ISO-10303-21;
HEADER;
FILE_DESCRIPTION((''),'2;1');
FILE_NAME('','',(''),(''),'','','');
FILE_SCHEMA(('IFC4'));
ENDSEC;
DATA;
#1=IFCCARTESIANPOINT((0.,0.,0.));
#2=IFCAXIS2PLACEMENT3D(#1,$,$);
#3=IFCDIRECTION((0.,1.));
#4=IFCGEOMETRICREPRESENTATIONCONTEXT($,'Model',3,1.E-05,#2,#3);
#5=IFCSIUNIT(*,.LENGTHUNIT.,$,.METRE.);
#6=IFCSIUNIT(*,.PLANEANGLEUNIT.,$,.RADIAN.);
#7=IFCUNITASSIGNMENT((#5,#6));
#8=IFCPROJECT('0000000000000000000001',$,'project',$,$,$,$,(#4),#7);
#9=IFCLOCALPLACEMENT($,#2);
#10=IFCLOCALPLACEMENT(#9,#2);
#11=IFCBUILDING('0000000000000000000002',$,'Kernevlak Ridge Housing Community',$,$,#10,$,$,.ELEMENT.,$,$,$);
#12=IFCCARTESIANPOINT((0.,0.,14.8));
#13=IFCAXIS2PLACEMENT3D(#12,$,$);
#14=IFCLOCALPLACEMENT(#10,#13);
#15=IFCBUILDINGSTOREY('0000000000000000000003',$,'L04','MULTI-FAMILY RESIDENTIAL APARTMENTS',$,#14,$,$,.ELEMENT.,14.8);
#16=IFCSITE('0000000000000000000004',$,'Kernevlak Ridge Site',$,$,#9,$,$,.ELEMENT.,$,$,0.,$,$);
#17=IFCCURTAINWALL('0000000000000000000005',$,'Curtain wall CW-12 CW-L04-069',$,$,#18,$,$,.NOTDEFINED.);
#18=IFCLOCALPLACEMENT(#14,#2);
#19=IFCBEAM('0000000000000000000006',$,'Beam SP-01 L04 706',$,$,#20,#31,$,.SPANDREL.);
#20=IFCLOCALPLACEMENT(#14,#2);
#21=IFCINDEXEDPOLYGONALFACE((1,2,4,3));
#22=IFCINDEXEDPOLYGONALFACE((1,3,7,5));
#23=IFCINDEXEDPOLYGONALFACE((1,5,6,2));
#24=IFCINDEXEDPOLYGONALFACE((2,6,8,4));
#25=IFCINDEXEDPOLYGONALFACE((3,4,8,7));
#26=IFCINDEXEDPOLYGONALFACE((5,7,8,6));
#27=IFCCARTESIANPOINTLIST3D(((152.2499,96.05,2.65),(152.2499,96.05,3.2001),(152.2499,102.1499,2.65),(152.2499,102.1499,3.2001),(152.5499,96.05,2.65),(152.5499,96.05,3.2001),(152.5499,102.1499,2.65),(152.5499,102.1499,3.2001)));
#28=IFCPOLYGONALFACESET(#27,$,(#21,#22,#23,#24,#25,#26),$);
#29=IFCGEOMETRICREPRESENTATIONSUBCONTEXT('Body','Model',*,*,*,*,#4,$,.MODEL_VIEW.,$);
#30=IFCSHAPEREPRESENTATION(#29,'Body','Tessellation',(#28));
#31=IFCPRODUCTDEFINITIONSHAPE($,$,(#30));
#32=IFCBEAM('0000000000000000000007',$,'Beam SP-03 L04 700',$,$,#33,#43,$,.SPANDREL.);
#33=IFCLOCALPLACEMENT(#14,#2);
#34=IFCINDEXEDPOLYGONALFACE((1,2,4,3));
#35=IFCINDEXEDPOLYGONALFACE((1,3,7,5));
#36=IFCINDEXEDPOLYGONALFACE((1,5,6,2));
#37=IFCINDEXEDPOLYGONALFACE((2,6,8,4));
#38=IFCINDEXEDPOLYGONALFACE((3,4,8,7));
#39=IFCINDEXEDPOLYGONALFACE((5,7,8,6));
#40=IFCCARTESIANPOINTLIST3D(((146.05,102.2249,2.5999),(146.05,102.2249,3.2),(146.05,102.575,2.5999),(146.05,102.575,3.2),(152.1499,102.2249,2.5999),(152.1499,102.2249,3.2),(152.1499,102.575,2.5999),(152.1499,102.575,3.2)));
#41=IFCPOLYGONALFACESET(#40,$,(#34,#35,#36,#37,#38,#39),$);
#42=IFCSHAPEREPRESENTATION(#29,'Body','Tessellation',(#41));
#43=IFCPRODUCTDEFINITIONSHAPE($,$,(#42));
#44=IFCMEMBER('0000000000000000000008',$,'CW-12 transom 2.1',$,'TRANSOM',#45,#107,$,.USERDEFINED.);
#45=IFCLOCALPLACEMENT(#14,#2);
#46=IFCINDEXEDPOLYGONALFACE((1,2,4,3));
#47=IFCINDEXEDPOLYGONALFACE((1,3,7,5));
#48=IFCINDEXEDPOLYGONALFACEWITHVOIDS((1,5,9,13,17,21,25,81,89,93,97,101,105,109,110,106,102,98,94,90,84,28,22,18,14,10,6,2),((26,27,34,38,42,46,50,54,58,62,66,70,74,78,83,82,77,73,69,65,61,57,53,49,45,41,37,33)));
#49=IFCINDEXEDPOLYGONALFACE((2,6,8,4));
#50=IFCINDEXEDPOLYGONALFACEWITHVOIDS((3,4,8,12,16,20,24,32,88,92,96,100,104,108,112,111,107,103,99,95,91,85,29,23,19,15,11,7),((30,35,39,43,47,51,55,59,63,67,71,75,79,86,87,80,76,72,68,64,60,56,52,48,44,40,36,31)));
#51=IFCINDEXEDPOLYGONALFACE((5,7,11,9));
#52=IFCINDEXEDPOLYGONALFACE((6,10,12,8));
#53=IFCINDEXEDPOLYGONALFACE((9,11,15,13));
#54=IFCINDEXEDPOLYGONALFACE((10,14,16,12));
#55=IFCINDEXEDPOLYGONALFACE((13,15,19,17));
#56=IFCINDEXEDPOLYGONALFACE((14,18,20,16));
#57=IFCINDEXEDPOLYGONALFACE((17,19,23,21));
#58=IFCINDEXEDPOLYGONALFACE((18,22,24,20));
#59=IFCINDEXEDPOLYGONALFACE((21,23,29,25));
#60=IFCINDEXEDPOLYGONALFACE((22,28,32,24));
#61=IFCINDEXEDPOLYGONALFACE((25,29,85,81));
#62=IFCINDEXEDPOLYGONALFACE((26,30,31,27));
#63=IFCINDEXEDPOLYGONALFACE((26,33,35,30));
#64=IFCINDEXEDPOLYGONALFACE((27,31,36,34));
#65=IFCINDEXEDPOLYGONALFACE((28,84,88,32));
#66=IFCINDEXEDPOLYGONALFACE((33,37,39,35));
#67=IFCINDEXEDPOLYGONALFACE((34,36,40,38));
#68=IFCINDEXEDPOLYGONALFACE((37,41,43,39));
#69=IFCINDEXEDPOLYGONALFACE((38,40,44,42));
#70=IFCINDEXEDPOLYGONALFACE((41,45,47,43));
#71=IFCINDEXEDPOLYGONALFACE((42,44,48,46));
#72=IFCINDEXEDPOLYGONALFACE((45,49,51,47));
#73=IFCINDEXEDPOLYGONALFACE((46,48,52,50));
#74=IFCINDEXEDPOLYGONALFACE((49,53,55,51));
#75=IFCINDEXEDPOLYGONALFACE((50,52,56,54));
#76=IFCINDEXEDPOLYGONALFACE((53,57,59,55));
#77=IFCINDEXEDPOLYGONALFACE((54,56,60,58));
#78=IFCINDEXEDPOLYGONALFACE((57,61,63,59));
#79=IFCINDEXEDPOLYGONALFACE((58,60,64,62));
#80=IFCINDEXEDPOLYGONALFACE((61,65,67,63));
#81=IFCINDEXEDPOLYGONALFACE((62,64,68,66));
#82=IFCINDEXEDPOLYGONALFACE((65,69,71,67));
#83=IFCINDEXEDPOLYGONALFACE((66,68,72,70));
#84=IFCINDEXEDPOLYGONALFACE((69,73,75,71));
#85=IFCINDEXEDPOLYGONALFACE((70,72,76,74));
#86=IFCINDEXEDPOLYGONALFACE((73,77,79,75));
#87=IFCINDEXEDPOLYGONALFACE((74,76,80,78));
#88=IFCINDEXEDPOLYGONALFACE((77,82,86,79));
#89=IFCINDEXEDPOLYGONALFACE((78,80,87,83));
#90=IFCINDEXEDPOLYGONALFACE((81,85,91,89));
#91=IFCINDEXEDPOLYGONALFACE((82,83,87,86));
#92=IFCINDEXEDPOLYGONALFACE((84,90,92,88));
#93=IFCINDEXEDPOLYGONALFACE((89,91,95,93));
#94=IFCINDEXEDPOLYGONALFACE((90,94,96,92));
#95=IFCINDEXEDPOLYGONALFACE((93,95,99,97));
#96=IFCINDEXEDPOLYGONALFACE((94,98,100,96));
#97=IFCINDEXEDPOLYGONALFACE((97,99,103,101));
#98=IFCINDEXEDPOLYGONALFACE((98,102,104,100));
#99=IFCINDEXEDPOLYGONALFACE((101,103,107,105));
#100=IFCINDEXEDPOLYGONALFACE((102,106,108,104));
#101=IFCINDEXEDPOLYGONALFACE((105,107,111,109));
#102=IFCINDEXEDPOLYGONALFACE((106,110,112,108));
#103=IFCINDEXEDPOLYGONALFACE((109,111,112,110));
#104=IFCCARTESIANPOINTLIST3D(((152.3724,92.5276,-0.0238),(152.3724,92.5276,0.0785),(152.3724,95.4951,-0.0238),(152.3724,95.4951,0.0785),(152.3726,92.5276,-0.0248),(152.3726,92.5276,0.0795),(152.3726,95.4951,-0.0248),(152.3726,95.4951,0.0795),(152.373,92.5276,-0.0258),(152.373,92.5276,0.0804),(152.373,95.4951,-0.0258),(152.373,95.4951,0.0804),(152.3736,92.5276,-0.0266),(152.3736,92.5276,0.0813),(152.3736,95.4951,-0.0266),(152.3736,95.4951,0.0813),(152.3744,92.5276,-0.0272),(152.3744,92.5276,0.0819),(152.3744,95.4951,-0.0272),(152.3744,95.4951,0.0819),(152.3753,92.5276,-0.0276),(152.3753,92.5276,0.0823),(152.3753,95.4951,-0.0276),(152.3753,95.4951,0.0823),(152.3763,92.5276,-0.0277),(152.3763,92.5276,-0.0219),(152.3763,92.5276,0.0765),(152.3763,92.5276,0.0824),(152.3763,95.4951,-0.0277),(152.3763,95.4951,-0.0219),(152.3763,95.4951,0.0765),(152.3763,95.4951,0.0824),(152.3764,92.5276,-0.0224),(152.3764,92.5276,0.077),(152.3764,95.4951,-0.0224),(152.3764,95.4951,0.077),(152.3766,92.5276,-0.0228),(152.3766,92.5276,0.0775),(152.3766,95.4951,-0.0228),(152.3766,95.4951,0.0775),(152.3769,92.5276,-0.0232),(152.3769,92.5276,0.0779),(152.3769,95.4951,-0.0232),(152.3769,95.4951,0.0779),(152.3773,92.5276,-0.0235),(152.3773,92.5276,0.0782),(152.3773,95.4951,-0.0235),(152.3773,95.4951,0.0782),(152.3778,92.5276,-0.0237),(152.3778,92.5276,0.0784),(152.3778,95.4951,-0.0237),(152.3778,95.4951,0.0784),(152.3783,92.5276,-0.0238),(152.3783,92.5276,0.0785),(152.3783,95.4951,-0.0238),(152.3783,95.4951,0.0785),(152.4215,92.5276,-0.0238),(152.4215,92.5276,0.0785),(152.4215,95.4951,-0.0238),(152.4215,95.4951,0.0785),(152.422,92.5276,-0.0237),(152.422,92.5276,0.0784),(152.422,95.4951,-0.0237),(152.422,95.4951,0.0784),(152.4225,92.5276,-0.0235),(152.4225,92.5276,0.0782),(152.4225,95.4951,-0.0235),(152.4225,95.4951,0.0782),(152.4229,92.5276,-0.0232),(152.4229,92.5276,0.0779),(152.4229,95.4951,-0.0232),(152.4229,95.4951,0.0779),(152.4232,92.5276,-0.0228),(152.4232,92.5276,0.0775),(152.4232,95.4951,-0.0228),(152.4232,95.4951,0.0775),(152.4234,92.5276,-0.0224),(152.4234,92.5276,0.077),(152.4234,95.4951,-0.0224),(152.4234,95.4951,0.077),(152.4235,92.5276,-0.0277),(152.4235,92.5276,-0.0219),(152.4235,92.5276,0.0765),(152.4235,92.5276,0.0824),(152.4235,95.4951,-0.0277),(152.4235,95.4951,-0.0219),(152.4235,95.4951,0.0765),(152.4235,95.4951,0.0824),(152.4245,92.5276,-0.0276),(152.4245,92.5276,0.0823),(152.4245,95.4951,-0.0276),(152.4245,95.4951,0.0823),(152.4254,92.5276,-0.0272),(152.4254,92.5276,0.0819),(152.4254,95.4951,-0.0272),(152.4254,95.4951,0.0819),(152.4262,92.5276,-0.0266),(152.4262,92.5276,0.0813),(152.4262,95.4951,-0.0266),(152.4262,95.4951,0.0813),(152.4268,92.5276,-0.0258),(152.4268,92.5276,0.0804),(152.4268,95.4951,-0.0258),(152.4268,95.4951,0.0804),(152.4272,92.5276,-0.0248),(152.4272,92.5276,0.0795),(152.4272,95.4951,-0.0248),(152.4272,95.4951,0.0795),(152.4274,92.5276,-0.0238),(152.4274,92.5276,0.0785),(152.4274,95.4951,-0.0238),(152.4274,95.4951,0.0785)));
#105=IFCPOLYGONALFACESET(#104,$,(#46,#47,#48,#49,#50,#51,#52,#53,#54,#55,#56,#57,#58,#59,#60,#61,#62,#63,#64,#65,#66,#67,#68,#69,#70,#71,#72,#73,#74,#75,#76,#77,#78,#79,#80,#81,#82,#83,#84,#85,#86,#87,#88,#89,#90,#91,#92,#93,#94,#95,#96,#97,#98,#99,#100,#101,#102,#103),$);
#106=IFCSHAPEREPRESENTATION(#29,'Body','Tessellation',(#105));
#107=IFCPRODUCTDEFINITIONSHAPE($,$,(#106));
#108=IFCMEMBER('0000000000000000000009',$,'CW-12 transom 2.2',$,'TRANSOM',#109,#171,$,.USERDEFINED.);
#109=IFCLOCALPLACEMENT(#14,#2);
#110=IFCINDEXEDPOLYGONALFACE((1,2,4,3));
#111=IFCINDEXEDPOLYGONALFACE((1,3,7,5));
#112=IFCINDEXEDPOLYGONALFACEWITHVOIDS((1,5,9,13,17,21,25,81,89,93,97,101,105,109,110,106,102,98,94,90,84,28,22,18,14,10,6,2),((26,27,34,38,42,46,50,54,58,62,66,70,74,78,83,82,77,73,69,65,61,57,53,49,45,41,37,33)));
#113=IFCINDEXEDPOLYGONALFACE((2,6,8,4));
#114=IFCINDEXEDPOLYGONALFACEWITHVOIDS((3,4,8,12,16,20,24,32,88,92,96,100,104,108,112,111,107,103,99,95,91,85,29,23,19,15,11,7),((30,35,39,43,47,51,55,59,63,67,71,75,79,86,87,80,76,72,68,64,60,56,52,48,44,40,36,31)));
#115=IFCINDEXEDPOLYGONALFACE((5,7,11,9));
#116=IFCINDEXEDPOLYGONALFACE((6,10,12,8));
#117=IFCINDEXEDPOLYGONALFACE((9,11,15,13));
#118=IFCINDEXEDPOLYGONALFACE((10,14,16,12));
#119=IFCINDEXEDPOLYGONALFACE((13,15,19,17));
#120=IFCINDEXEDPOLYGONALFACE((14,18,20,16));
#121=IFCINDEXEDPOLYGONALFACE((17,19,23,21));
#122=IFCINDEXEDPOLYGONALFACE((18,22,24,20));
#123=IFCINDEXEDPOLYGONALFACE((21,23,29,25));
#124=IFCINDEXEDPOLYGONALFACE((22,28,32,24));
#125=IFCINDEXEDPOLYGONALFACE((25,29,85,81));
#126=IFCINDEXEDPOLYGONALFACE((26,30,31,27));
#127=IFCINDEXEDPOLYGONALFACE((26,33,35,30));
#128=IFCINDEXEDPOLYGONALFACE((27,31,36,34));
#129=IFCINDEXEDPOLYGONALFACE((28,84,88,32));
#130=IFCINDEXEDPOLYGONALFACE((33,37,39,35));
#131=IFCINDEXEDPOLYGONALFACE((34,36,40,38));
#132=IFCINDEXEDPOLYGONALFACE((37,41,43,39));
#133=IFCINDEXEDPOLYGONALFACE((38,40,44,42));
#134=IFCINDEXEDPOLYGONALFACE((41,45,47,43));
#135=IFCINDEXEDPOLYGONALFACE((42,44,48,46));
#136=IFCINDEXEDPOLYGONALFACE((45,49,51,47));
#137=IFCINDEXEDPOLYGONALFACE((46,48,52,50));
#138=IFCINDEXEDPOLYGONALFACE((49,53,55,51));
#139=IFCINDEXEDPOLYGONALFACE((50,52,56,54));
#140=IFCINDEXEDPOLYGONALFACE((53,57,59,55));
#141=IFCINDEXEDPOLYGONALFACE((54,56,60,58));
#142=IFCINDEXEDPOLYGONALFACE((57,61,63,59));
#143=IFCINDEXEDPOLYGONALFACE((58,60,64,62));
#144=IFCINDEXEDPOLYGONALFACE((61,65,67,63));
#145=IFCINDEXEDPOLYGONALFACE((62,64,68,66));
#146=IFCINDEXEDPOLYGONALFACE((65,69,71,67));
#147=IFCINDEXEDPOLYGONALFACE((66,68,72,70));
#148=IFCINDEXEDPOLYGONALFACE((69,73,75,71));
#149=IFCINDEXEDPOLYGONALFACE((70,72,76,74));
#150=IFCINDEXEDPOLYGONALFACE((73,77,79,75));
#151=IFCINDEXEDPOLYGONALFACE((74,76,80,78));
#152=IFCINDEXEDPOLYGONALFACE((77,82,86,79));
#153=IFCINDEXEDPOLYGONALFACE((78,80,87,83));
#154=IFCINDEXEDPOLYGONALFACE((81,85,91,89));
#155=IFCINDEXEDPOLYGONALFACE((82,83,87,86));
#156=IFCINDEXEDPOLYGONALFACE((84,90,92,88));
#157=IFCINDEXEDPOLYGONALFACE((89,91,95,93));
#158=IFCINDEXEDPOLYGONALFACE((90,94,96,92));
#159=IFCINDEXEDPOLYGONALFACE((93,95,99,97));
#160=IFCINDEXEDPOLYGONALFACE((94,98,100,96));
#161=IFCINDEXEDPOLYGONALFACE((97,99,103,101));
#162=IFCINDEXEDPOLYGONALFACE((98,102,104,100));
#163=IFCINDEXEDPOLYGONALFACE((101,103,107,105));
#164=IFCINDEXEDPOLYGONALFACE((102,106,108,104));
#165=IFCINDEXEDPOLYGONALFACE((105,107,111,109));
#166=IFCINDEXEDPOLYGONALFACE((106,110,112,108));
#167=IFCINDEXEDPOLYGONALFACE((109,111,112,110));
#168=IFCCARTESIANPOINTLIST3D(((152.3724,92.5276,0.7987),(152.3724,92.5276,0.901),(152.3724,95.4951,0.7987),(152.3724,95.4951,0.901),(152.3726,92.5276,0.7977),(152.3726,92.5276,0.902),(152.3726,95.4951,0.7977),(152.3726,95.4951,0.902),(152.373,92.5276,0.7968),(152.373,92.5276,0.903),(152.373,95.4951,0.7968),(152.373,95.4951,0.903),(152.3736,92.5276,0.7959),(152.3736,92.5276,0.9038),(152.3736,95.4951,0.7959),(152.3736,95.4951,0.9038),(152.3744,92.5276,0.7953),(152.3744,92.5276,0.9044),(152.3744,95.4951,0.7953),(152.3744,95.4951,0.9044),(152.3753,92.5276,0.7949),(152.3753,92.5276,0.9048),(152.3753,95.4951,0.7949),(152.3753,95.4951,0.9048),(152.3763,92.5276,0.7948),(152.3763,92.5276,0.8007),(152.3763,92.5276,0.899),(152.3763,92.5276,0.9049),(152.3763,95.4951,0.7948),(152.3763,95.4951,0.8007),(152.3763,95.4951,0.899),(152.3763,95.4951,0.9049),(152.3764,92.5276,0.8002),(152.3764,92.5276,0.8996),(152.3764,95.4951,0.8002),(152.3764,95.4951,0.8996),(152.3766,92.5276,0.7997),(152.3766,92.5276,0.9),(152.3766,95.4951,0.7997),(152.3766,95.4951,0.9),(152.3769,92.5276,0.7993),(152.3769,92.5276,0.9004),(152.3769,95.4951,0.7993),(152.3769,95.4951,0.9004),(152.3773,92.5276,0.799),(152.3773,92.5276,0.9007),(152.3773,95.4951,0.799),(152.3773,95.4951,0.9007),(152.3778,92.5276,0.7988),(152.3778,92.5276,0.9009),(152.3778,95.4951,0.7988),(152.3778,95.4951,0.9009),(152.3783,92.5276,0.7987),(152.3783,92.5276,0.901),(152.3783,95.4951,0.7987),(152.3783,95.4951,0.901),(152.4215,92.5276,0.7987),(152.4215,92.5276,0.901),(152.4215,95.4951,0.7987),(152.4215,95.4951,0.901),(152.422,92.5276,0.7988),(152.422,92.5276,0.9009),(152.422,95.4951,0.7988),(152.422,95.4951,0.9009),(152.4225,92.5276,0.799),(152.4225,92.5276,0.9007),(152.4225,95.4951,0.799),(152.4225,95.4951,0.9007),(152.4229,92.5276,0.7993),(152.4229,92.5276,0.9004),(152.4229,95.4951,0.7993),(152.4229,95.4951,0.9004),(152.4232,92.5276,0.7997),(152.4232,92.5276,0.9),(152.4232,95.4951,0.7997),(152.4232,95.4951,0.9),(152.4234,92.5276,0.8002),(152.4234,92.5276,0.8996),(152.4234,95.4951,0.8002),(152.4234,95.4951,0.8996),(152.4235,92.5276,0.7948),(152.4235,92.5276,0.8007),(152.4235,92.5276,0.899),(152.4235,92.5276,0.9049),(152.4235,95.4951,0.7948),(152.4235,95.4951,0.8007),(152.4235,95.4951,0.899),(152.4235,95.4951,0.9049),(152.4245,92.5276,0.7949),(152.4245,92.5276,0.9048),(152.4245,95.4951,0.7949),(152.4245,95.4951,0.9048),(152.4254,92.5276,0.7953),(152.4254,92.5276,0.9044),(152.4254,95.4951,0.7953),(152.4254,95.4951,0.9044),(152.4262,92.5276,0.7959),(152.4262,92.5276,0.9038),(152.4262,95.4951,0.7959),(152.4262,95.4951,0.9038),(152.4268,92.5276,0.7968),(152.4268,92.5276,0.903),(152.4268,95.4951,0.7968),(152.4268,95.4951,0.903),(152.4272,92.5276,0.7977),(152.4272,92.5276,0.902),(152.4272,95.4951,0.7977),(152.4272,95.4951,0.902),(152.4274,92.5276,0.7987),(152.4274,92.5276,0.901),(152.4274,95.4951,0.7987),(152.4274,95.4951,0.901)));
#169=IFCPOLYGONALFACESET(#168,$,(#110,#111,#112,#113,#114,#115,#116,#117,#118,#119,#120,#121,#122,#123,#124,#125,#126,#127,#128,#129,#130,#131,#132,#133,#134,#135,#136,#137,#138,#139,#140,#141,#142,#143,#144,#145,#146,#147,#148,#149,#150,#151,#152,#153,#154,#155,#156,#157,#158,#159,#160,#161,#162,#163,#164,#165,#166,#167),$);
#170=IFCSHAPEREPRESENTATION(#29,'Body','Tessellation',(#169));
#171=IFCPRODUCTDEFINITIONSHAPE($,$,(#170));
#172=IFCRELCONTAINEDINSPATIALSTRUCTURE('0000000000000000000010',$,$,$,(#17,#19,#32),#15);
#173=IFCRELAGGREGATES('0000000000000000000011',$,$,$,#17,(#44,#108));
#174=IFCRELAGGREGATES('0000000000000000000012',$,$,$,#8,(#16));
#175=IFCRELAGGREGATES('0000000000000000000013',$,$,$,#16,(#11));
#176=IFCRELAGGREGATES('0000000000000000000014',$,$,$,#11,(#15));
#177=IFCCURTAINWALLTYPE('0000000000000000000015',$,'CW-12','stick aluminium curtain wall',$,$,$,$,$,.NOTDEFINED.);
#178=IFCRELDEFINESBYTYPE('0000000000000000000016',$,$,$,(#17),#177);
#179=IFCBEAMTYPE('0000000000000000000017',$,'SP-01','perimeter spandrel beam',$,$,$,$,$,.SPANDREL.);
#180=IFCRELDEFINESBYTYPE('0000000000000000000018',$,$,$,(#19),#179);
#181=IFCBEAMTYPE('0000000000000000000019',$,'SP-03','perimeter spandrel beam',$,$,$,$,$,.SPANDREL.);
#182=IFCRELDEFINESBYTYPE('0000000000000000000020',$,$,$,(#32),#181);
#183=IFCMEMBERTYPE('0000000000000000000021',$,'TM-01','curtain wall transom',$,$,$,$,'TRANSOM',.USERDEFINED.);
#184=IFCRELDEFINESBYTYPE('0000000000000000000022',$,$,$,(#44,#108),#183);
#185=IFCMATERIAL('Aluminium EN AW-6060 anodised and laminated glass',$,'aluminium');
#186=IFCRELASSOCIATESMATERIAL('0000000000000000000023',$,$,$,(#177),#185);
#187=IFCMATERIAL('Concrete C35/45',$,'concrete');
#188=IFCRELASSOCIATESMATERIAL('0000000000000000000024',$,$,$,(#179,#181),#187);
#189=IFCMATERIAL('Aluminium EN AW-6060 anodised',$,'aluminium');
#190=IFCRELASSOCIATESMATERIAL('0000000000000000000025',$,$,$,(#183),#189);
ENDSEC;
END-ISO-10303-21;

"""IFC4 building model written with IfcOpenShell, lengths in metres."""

from ifc_helpers import new_model, si_unit, direction, frame, origin, origin_2d, place, context, subcontext, project, spatial, rectangle, hollow_rectangle, extrude, material, material_profile, profile_set, type_object, element, aggregate, save


model = new_model("IFC4")

# Units and contexts
model_context = context("Model", 3, precision=1e-05, world=origin(), true_north=direction((0.0, 1.0)))
body_context = subcontext(model_context, "Body", "Model", "MODEL_VIEW")
ifc_project = project(units=[si_unit("LENGTHUNIT", "METRE"), si_unit("PLANEANGLEUNIT", "RADIAN")], contexts=[model_context])

# Site, building, storey
site_placement = place(None, origin())
site = spatial("IfcSite", under=ifc_project, at=site_placement, Name="Kernevlak Ridge Site", CompositionType="ELEMENT", RefElevation=0.0)
building_placement = place(site_placement, origin())
building = spatial("IfcBuilding", under=site, at=building_placement, Name="Kernevlak Ridge Housing Community", CompositionType="ELEMENT")
storey_placement = place(building_placement, frame((0.0, 0.0, 14.8)))
storey = spatial("IfcBuildingStorey", under=building, at=storey_placement, Name="L04", Description="MULTI-FAMILY RESIDENTIAL APARTMENTS", CompositionType="ELEMENT", Elevation=14.8)

# Shared definitions
ifc_material_1 = material(Name="Concrete C35/45", Category="concrete")

# Curtain wall
ifc_material_2 = material(Name="Aluminium EN AW-6060 anodised and laminated glass", Category="aluminium")
curtain_wall_type = type_object("IfcCurtainWallType", Name="CW-12", Description="stick aluminium curtain wall", PredefinedType="NOTDEFINED", material=ifc_material_2)
curtain_wall_placement = place(storey_placement, origin())
curtain_wall = element("IfcCurtainWall", 1, at=curtain_wall_placement, inside=storey, type_object=curtain_wall_type, Name="Curtain wall CW-12 CW-L04-069", PredefinedType="NOTDEFINED")
ifc_material_3 = material(Name="Aluminium EN AW-6060 anodised", Category="aluminium")

# Beams
ifc_material_profile_1 = material_profile(ifc_material_1, rectangle(XDim=0.3, YDim=0.55, at=origin_2d()), Name="RC 300x550")
ifc_profile_set_1 = profile_set([ifc_material_profile_1], Name="Concrete C35/45")
beam_type_1 = type_object("IfcBeamType", Name="SP-01", Description="perimeter spandrel beam", PredefinedType="SPANDREL", material=ifc_profile_set_1)
beam_1_placement = place(storey_placement, frame((152.3999, 96.05, 2.925), z_axis=(0.0, 1.0, 0.0), x_axis=(-1.0, 0.0, 0.0)))
element("IfcBeam", 2, at=beam_1_placement, inside=storey, type_object=beam_type_1, Name="Beam SP-01 L04 706", PredefinedType="SPANDREL", context=body_context, shape_type="SweptSolid", body=[
    extrude(rectangle(XDim=0.3, YDim=0.55, at=origin_2d()), origin(), (0.0, 0.0, 1.0), 6.0999),
])
ifc_material_profile_2 = material_profile(ifc_material_1, rectangle(XDim=0.3501, YDim=0.6001, at=origin_2d()), Name="RC 350x600")
ifc_profile_set_2 = profile_set([ifc_material_profile_2], Name="Concrete C35/45")
beam_type_2 = type_object("IfcBeamType", Name="SP-03", Description="perimeter spandrel beam", PredefinedType="SPANDREL", material=ifc_profile_set_2)
beam_2_placement = place(storey_placement, frame((146.05, 102.3999, 2.8999), z_axis=(1.0, 0.0, 0.0), x_axis=(0.0, 1.0, 0.0)))
element("IfcBeam", 3, at=beam_2_placement, inside=storey, type_object=beam_type_2, Name="Beam SP-03 L04 700", PredefinedType="SPANDREL", context=body_context, shape_type="SweptSolid", body=[
    extrude(rectangle(XDim=0.3501, YDim=0.6001, at=origin_2d()), origin(), (0.0, 0.0, 1.0), 6.0999),
])

# Members
ifc_material_profile_3 = material_profile(ifc_material_3, hollow_rectangle(XDim=0.0549, YDim=0.1101, WallThickness=0.0039, InnerFilletRadius=0.002, OuterFilletRadius=0.0039, at=origin_2d()), Name="ALU 55x110x4")
ifc_profile_set_3 = profile_set([ifc_material_profile_3], Name="Aluminium EN AW-6060 anodised")
member_type_1 = type_object("IfcMemberType", Name="TM-01", Description="curtain wall transom", ElementType="TRANSOM", PredefinedType="USERDEFINED", material=ifc_profile_set_3)
member_1_placement = place(storey_placement, frame((152.3999, 92.5276, 0.0273), z_axis=(0.0, 1.0, 0.0), x_axis=(-1.0, 0.0, 0.0)))
member_1 = element("IfcMember", 4, at=member_1_placement, type_object=member_type_1, Name="CW-12 transom 2.1", ObjectType="TRANSOM", PredefinedType="USERDEFINED", context=body_context, shape_type="SweptSolid", body=[
    extrude(hollow_rectangle(XDim=0.0549, YDim=0.1101, WallThickness=0.0039, InnerFilletRadius=0.002, OuterFilletRadius=0.0039, at=origin_2d()), origin(), (0.0, 0.0, 1.0), 2.9675),
])
member_2_placement = place(storey_placement, frame((152.3999, 92.5276, 0.8499), z_axis=(0.0, 1.0, 0.0), x_axis=(-1.0, 0.0, 0.0)))
member_2 = element("IfcMember", 5, at=member_2_placement, type_object=member_type_1, Name="CW-12 transom 2.2", ObjectType="TRANSOM", PredefinedType="USERDEFINED", context=body_context, shape_type="SweptSolid", body=[
    extrude(hollow_rectangle(XDim=0.0549, YDim=0.1101, WallThickness=0.0039, InnerFilletRadius=0.002, OuterFilletRadius=0.0039, at=origin_2d()), origin(), (0.0, 0.0, 1.0), 2.9675),
])

aggregate(curtain_wall, [member_1, member_2])

save(model, "model.ifc")
